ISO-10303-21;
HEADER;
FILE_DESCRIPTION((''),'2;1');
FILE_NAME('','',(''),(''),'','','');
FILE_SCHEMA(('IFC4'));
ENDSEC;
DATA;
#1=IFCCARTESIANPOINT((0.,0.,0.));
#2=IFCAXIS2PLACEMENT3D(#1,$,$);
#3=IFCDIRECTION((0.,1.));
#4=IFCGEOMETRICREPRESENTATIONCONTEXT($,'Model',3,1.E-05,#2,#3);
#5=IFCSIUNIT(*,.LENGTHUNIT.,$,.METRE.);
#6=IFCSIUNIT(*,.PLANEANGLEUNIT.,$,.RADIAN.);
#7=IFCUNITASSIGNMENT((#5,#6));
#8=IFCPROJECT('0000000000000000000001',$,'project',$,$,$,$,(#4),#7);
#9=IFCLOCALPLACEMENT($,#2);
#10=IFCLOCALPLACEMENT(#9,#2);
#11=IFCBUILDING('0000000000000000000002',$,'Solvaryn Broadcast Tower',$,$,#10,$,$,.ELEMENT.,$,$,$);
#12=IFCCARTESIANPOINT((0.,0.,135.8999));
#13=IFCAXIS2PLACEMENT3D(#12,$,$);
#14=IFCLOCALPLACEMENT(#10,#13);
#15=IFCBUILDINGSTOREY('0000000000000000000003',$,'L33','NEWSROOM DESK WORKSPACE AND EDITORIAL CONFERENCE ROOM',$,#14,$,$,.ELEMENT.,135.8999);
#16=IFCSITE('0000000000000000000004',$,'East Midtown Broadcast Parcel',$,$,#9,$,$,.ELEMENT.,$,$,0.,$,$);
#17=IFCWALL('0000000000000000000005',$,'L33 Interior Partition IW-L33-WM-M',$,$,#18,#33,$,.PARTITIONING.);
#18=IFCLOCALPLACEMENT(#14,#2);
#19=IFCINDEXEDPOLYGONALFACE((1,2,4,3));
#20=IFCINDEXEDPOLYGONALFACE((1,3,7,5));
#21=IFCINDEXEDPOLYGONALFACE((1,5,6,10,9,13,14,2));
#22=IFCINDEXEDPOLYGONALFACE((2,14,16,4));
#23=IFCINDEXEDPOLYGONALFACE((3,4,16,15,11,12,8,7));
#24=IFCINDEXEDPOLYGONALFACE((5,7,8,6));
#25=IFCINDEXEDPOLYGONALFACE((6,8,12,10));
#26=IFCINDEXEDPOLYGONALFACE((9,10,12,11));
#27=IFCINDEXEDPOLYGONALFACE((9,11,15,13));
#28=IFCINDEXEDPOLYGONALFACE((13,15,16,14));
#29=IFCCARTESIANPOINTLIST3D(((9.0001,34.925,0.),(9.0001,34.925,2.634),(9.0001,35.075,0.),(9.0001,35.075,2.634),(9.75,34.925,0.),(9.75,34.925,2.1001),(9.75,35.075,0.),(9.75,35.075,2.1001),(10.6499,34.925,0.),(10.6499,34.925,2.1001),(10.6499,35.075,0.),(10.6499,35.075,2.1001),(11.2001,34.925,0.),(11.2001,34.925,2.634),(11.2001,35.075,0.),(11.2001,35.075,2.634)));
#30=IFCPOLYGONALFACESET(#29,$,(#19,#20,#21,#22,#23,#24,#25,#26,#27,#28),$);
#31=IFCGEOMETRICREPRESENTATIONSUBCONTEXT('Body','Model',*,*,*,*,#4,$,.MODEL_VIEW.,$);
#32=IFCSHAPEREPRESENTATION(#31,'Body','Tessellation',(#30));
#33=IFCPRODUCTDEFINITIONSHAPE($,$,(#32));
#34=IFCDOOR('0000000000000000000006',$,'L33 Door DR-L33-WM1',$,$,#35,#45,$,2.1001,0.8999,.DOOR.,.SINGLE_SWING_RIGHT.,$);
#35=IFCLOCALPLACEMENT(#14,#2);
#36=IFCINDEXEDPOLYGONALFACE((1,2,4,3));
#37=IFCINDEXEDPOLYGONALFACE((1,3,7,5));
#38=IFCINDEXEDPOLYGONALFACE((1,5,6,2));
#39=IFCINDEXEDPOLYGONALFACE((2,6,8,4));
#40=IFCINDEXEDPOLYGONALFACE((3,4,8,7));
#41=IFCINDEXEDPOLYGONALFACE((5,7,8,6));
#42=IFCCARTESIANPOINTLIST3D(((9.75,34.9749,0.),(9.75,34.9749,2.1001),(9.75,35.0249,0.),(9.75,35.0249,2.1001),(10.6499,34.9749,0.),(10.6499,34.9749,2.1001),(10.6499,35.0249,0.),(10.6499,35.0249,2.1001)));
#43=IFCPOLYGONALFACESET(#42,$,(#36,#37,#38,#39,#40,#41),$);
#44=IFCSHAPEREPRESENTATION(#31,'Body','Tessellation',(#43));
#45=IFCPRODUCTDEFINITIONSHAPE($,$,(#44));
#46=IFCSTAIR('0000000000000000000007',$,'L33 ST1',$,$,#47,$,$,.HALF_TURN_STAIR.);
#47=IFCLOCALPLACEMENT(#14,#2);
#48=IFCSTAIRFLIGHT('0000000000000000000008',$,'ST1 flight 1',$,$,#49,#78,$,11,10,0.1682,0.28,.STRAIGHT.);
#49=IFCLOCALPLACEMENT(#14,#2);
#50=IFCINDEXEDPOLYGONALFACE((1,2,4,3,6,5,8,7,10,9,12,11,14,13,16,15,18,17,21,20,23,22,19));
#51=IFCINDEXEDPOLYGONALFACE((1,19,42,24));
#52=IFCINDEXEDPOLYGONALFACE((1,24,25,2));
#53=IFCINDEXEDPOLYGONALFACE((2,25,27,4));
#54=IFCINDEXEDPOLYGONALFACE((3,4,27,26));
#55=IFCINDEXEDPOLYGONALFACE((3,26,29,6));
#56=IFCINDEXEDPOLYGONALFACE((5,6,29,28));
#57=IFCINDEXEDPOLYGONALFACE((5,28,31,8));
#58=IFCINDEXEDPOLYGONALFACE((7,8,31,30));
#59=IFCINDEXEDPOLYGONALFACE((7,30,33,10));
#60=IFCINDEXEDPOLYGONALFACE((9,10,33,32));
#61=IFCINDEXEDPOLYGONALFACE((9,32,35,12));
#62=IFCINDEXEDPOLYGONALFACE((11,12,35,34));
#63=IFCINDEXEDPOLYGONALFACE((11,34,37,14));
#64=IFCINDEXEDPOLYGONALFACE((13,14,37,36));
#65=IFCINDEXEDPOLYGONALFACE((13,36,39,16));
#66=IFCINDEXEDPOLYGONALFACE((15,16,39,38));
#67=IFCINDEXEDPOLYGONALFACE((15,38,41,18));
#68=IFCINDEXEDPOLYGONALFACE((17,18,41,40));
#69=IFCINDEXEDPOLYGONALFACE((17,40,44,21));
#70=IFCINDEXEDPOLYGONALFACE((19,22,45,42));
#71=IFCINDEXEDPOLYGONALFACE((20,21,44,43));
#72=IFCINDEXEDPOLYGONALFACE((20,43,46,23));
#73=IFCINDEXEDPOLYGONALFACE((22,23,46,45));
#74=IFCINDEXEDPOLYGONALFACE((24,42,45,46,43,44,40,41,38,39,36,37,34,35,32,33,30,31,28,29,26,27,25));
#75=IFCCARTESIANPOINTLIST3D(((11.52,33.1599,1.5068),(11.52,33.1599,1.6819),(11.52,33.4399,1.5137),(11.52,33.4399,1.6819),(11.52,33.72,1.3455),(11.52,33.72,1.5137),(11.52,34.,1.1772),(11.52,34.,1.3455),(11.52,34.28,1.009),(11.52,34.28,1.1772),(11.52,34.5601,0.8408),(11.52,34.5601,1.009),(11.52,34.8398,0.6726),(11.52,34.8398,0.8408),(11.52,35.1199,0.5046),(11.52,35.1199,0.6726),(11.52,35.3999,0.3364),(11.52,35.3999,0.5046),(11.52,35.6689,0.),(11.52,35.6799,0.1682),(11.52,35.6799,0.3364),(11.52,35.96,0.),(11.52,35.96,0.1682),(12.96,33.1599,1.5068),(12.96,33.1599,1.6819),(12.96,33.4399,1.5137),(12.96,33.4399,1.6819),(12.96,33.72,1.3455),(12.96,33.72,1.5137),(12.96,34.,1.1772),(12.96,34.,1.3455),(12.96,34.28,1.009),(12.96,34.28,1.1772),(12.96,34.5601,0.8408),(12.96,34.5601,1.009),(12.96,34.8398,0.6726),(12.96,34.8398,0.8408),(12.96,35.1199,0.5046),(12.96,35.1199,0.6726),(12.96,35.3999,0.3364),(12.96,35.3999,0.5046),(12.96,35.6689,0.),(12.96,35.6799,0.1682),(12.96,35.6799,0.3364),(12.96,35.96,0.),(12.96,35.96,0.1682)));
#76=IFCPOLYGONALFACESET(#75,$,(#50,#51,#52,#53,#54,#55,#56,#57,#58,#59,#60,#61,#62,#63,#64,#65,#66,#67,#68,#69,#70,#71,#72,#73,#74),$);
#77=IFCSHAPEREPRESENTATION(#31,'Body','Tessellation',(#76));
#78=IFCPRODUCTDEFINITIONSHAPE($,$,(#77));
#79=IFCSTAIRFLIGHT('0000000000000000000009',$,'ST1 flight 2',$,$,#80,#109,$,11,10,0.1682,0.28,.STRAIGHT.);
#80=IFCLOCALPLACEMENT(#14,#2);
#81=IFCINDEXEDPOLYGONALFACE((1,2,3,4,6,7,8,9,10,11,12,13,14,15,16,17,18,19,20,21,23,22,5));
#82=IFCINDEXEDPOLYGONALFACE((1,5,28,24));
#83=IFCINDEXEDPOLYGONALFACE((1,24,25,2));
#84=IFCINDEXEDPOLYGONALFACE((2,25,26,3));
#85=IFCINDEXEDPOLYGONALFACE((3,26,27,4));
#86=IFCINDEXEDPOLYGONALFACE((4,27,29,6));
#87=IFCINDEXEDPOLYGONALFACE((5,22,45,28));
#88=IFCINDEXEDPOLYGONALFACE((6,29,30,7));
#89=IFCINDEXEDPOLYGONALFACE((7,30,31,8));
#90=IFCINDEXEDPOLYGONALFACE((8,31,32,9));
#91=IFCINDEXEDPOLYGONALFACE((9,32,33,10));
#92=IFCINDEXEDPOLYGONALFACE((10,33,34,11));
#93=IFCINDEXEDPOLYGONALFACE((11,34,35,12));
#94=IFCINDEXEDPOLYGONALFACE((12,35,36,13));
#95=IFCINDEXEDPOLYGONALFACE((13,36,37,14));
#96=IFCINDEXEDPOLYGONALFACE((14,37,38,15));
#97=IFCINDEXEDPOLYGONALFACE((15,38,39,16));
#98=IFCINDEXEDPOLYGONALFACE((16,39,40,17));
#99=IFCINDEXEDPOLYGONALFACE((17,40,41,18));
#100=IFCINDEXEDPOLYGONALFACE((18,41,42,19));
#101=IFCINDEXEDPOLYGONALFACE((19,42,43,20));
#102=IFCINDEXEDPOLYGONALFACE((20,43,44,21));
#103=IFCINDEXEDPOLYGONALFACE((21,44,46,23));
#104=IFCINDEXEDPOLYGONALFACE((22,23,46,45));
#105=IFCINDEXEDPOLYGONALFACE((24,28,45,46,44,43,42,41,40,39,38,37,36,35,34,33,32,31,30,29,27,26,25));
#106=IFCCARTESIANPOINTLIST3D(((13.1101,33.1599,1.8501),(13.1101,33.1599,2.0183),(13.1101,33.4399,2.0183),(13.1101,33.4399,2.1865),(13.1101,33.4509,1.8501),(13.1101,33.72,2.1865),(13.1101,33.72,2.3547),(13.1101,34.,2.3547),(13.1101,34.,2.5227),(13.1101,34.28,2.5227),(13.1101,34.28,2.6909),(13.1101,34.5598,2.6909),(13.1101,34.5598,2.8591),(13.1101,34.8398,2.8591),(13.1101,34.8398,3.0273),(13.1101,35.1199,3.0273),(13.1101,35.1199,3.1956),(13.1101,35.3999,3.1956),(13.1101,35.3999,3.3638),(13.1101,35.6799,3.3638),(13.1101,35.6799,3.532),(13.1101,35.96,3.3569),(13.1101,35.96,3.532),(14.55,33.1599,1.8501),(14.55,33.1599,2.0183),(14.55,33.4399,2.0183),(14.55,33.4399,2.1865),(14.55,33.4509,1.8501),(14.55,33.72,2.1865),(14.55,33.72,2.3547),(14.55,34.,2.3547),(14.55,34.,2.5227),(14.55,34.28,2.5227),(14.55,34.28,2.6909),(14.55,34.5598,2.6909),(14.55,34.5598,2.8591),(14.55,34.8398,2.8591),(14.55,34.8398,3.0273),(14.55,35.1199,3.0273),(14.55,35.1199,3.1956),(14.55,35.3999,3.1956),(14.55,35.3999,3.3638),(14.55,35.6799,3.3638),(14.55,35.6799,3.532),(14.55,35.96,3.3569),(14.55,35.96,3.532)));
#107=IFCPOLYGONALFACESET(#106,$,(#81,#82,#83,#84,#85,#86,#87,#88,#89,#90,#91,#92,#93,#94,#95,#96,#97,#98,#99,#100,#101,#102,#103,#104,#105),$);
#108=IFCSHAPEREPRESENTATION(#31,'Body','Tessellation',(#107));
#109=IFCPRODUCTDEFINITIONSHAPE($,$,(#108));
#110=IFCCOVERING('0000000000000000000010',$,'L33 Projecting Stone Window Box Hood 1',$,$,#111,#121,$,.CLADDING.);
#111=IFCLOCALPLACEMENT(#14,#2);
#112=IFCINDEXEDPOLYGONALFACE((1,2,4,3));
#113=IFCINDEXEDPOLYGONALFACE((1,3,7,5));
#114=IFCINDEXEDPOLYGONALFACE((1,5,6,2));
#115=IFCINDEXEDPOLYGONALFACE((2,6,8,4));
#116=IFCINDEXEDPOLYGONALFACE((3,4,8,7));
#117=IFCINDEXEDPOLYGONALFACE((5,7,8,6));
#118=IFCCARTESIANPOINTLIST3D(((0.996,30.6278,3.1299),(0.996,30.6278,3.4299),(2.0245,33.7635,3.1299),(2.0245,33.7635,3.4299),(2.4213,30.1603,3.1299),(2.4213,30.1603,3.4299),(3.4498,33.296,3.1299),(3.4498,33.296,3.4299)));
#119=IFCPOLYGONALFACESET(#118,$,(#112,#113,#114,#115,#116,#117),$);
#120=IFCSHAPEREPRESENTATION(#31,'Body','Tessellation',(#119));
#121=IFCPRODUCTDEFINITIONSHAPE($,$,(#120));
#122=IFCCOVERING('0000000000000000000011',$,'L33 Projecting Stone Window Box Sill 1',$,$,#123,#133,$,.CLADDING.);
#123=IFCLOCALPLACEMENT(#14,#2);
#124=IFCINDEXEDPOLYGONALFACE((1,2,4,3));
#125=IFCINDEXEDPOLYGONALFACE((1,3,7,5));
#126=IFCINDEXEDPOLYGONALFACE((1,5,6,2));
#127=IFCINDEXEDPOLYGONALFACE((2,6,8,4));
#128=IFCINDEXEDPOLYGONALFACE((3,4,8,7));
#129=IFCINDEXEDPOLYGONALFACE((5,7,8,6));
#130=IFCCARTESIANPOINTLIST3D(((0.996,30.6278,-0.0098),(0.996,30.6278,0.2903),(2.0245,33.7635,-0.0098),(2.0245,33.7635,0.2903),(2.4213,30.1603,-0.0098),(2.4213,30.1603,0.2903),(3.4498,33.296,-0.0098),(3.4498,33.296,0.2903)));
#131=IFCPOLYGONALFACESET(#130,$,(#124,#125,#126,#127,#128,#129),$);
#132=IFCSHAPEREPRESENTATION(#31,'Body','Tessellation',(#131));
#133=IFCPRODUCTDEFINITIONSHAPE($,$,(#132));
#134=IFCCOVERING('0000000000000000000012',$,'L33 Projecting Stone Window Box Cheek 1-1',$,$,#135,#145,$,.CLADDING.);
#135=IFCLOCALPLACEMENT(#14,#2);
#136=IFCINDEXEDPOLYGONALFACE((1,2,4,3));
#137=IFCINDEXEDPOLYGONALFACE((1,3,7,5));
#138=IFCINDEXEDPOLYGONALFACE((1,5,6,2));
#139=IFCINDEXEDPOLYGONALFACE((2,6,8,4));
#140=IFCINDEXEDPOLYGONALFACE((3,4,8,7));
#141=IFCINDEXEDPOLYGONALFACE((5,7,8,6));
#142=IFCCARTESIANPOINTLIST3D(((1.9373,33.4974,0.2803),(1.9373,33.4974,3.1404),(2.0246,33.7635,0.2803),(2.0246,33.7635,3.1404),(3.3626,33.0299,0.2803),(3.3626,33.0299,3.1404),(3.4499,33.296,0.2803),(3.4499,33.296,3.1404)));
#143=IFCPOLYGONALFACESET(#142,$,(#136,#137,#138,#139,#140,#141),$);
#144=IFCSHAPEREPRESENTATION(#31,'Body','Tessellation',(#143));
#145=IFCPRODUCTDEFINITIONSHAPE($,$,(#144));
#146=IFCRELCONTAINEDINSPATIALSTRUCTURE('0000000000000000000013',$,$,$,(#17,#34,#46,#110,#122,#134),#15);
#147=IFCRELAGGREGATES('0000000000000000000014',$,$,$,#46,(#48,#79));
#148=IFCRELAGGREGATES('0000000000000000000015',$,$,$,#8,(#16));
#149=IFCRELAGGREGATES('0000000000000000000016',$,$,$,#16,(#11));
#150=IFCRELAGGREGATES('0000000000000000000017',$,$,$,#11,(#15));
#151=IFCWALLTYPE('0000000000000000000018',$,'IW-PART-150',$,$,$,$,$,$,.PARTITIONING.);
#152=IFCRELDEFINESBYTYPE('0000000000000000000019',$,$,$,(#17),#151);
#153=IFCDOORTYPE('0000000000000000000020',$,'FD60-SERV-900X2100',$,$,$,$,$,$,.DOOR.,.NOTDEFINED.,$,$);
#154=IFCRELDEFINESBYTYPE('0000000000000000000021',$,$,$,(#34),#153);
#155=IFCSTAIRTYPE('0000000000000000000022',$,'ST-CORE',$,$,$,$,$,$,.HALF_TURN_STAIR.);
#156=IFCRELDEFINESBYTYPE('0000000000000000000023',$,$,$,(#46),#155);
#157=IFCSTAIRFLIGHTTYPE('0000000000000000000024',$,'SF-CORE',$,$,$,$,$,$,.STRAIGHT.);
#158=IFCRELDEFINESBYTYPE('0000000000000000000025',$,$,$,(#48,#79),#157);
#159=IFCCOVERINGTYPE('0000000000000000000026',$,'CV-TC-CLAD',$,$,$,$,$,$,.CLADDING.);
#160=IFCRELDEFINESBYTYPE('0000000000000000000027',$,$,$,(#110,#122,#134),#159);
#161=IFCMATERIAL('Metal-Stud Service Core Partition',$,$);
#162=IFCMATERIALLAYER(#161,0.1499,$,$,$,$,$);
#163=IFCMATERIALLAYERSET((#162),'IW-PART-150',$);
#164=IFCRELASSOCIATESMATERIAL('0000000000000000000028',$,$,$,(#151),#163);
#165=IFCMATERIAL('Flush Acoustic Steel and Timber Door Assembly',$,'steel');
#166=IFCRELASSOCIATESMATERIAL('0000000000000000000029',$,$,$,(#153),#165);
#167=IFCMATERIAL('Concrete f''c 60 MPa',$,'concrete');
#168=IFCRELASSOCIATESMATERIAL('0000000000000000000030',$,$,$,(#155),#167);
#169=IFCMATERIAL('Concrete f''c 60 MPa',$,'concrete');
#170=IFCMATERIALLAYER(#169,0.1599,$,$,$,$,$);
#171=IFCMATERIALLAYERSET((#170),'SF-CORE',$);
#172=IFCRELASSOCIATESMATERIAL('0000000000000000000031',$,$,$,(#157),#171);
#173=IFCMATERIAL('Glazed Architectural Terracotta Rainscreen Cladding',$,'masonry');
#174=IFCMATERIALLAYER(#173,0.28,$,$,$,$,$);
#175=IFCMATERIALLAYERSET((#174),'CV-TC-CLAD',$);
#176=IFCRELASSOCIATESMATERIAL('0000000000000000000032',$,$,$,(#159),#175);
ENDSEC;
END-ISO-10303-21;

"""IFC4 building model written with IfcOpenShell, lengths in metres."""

from ifc_helpers import new_model, si_unit, direction, frame, frame_2d, origin, origin_2d, place, context, subcontext, project, spatial, polyline, rectangle, outline, extrude, material, layer, layer_set, type_object, element, fill, aggregate, save


model = new_model("IFC4")

# Units and contexts
model_context = context("Model", 3, precision=1e-05, world=origin(), true_north=direction((0.0, 1.0)))
body_context = subcontext(model_context, "Body", "Model", "MODEL_VIEW")
ifc_project = project(units=[si_unit("LENGTHUNIT", "METRE"), si_unit("PLANEANGLEUNIT", "RADIAN")], contexts=[model_context])

# Site, building, storey
site_placement = place(None, origin())
site = spatial("IfcSite", under=ifc_project, at=site_placement, Name="East Midtown Broadcast Parcel", CompositionType="ELEMENT", RefElevation=0.0)
building_placement = place(site_placement, origin())
building = spatial("IfcBuilding", under=site, at=building_placement, Name="Solvaryn Broadcast Tower", CompositionType="ELEMENT")
storey_placement = place(building_placement, frame((0.0, 0.0, 135.8999)))
storey = spatial("IfcBuildingStorey", under=building, at=storey_placement, Name="L33", Description="NEWSROOM DESK WORKSPACE AND EDITORIAL CONFERENCE ROOM", CompositionType="ELEMENT", Elevation=135.8999)

# Wall, opening, door
ifc_material_1 = material(Name="Metal-Stud Service Core Partition")
ifc_layer_1 = layer(ifc_material_1, 0.1499)
ifc_layer_set_1 = layer_set([ifc_layer_1], Name="IW-PART-150")
wall_type = type_object("IfcWallType", Name="IW-PART-150", PredefinedType="PARTITIONING", material=ifc_layer_set_1)
wall_placement = place(storey_placement, frame((9.0, 35.0, 0.0), z_axis=(0.0, 0.0, 1.0), x_axis=(1.0, 0.0, 0.0)))
wall = element("IfcWall", 1, at=wall_placement, inside=storey, type_object=wall_type, Name="L33 Interior Partition IW-L33-WM-M", PredefinedType="PARTITIONING", context=body_context, shape_type="SweptSolid", body=[
    extrude(rectangle(XDim=2.2, YDim=0.1499, at=frame_2d((1.1001, 0.0))), origin(), (0.0, 0.0, 1.0), 2.634),
])
opening_placement = place(wall_placement, frame((0.75, 0.0, 0.0)))
opening = element("IfcOpeningElement", 2, at=opening_placement, cuts=wall, PredefinedType="OPENING", context=body_context, shape_type="SweptSolid", body=[
    extrude(rectangle(XDim=0.8999, YDim=2.1001, at=frame_2d((0.45, 1.05))), frame((0.0, 0.085, 0.0), z_axis=(0.0, -1.0, 0.0), x_axis=(1.0, 0.0, 0.0)), (0.0, 0.0, 1.0), 0.1699),
])
ifc_material_2 = material(Name="Flush Acoustic Steel and Timber Door Assembly", Category="steel")
door_type = type_object("IfcDoorType", Name="FD60-SERV-900X2100", OperationType="NOTDEFINED", PredefinedType="DOOR", material=ifc_material_2)
door_placement = place(opening_placement, origin())
door = element("IfcDoor", 3, at=door_placement, inside=storey, type_object=door_type, Name="L33 Door DR-L33-WM1", OperationType="SINGLE_SWING_RIGHT", OverallHeight=2.1001, OverallWidth=0.8999, PredefinedType="DOOR", context=body_context, shape_type="SweptSolid", body=[
    extrude(rectangle(XDim=0.8999, YDim=2.1001, at=frame_2d((0.45, 1.05))), frame((0.0, 0.0249, 0.0), z_axis=(0.0, -1.0, 0.0), x_axis=(1.0, 0.0, 0.0)), (0.0, 0.0, 1.0), 0.05),
])
fill(opening, door)

# Stair, stair flights
ifc_material_3 = material(Name="Concrete f'c 60 MPa", Category="concrete")
stair_type = type_object("IfcStairType", Name="ST-CORE", PredefinedType="HALF_TURN_STAIR", material=ifc_material_3)
stair_placement = place(storey_placement, origin())
stair = element("IfcStair", 4, at=stair_placement, inside=storey, type_object=stair_type, Name="L33 ST1", PredefinedType="HALF_TURN_STAIR")
ifc_material_4 = material(Name="Concrete f'c 60 MPa", Category="concrete")
ifc_layer_2 = layer(ifc_material_4, 0.1599)
ifc_layer_set_2 = layer_set([ifc_layer_2], Name="SF-CORE")
stair_flight_type = type_object("IfcStairFlightType", Name="SF-CORE", PredefinedType="STRAIGHT", material=ifc_layer_set_2)
stair_flight_1_placement = place(storey_placement, frame((12.24, 35.96, 0.0), z_axis=(0.0, 0.0, 1.0), x_axis=(0.0, -1.0, 0.0)))
stair_flight_1 = element("IfcStairFlight", 5, at=stair_flight_1_placement, type_object=stair_flight_type, Name="ST1 flight 1", NumberOfRisers=11, NumberOfTreads=10, PredefinedType="STRAIGHT", RiserHeight=0.1682, TreadLength=0.28, context=body_context, shape_type="SweptSolid", body=[
    extrude(outline(polyline([(0.0, 0.0), (0.0, 0.1682), (0.28, 0.1682), (0.28, 0.3364), (0.5601, 0.3364), (0.5601, 0.5046), (0.8401, 0.5046), (0.8401, 0.6726), (1.1201, 0.6726), (1.1201, 0.8408), (1.3999, 0.8408), (1.3999, 1.009), (1.6799, 1.009), (1.6799, 1.1772), (1.96, 1.1772), (1.96, 1.3455), (2.24, 1.3455), (2.24, 1.5137), (2.52, 1.5137), (2.52, 1.6819), (2.8, 1.6819), (2.8, 1.8501), (2.8, 1.5068), (0.291, 0.0), (0.0, 0.0)])), frame((0.0, 0.72, 0.0), z_axis=(0.0, -1.0, 0.0), x_axis=(1.0, 0.0, 0.0)), (0.0, 0.0, 1.0), 1.4399),
])
stair_flight_2_placement = place(storey_placement, frame((13.8301, 33.1599, 1.8501), z_axis=(0.0, 0.0, 1.0), x_axis=(0.0, 1.0, 0.0)))
stair_flight_2 = element("IfcStairFlight", 6, at=stair_flight_2_placement, type_object=stair_flight_type, Name="ST1 flight 2", NumberOfRisers=11, NumberOfTreads=10, PredefinedType="STRAIGHT", RiserHeight=0.1682, TreadLength=0.28, context=body_context, shape_type="SweptSolid", body=[
    extrude(outline(polyline([(0.0, 0.0), (0.0, 0.1682), (0.28, 0.1682), (0.28, 0.3364), (0.5601, 0.3364), (0.5601, 0.5046), (0.8401, 0.5046), (0.8401, 0.6726), (1.1201, 0.6726), (1.1201, 0.8408), (1.3999, 0.8408), (1.3999, 1.009), (1.6799, 1.009), (1.6799, 1.1772), (1.96, 1.1772), (1.96, 1.3455), (2.24, 1.3455), (2.24, 1.5137), (2.52, 1.5137), (2.52, 1.6819), (2.8, 1.6819), (2.8, 1.8501), (2.8, 1.5068), (0.291, 0.0), (0.0, 0.0)])), frame((0.0, 0.72, 0.0), z_axis=(0.0, -1.0, 0.0), x_axis=(1.0, 0.0, 0.0)), (0.0, 0.0, 1.0), 1.4399),
])
aggregate(stair, [stair_flight_1, stair_flight_2])

# Coverings
ifc_material_5 = material(Name="Glazed Architectural Terracotta Rainscreen Cladding", Category="masonry")
ifc_layer_3 = layer(ifc_material_5, 0.28)
ifc_layer_set_3 = layer_set([ifc_layer_3], Name="CV-TC-CLAD")
covering_type = type_object("IfcCoveringType", Name="CV-TC-CLAD", PredefinedType="CLADDING", material=ifc_layer_set_3)
for number, where, z_axis, x_axis, name in (
    (7, (2.2229, 31.9619, 3.1299), (0.0, 0.0, 1.0), (-0.311672, -0.95019, 0.0), "L33 Projecting Stone Window Box Hood 1"),
    (8, (2.2229, 31.9619, -0.0098), (0.0, 0.0, 1.0), (-0.311672, -0.95019, 0.0), "L33 Projecting Stone Window Box Sill 1"),
):
    element("IfcCovering", number, at=place(storey_placement, frame(where, z_axis=z_axis, x_axis=x_axis)), inside=storey, type_object=covering_type, Name=name, PredefinedType="CLADDING", context=body_context, shape_type="SweptSolid", body=[
        extrude(rectangle(XDim=3.3, YDim=1.5, at=origin_2d()), origin(), (0.0, 0.0, 1.0), 0.3),
    ])
covering_placement = place(storey_placement, frame((2.6936, 33.3967, 0.2803), z_axis=(0.0, 0.0, 1.0), x_axis=(-0.311672, -0.95019, 0.0)))
element("IfcCovering", 9, at=covering_placement, inside=storey, type_object=covering_type, Name="L33 Projecting Stone Window Box Cheek 1-1", PredefinedType="CLADDING", context=body_context, shape_type="SweptSolid", body=[
    extrude(rectangle(XDim=0.28, YDim=1.5, at=origin_2d()), origin(), (0.0, 0.0, 1.0), 2.8601),
])

save(model, "model.ifc")
